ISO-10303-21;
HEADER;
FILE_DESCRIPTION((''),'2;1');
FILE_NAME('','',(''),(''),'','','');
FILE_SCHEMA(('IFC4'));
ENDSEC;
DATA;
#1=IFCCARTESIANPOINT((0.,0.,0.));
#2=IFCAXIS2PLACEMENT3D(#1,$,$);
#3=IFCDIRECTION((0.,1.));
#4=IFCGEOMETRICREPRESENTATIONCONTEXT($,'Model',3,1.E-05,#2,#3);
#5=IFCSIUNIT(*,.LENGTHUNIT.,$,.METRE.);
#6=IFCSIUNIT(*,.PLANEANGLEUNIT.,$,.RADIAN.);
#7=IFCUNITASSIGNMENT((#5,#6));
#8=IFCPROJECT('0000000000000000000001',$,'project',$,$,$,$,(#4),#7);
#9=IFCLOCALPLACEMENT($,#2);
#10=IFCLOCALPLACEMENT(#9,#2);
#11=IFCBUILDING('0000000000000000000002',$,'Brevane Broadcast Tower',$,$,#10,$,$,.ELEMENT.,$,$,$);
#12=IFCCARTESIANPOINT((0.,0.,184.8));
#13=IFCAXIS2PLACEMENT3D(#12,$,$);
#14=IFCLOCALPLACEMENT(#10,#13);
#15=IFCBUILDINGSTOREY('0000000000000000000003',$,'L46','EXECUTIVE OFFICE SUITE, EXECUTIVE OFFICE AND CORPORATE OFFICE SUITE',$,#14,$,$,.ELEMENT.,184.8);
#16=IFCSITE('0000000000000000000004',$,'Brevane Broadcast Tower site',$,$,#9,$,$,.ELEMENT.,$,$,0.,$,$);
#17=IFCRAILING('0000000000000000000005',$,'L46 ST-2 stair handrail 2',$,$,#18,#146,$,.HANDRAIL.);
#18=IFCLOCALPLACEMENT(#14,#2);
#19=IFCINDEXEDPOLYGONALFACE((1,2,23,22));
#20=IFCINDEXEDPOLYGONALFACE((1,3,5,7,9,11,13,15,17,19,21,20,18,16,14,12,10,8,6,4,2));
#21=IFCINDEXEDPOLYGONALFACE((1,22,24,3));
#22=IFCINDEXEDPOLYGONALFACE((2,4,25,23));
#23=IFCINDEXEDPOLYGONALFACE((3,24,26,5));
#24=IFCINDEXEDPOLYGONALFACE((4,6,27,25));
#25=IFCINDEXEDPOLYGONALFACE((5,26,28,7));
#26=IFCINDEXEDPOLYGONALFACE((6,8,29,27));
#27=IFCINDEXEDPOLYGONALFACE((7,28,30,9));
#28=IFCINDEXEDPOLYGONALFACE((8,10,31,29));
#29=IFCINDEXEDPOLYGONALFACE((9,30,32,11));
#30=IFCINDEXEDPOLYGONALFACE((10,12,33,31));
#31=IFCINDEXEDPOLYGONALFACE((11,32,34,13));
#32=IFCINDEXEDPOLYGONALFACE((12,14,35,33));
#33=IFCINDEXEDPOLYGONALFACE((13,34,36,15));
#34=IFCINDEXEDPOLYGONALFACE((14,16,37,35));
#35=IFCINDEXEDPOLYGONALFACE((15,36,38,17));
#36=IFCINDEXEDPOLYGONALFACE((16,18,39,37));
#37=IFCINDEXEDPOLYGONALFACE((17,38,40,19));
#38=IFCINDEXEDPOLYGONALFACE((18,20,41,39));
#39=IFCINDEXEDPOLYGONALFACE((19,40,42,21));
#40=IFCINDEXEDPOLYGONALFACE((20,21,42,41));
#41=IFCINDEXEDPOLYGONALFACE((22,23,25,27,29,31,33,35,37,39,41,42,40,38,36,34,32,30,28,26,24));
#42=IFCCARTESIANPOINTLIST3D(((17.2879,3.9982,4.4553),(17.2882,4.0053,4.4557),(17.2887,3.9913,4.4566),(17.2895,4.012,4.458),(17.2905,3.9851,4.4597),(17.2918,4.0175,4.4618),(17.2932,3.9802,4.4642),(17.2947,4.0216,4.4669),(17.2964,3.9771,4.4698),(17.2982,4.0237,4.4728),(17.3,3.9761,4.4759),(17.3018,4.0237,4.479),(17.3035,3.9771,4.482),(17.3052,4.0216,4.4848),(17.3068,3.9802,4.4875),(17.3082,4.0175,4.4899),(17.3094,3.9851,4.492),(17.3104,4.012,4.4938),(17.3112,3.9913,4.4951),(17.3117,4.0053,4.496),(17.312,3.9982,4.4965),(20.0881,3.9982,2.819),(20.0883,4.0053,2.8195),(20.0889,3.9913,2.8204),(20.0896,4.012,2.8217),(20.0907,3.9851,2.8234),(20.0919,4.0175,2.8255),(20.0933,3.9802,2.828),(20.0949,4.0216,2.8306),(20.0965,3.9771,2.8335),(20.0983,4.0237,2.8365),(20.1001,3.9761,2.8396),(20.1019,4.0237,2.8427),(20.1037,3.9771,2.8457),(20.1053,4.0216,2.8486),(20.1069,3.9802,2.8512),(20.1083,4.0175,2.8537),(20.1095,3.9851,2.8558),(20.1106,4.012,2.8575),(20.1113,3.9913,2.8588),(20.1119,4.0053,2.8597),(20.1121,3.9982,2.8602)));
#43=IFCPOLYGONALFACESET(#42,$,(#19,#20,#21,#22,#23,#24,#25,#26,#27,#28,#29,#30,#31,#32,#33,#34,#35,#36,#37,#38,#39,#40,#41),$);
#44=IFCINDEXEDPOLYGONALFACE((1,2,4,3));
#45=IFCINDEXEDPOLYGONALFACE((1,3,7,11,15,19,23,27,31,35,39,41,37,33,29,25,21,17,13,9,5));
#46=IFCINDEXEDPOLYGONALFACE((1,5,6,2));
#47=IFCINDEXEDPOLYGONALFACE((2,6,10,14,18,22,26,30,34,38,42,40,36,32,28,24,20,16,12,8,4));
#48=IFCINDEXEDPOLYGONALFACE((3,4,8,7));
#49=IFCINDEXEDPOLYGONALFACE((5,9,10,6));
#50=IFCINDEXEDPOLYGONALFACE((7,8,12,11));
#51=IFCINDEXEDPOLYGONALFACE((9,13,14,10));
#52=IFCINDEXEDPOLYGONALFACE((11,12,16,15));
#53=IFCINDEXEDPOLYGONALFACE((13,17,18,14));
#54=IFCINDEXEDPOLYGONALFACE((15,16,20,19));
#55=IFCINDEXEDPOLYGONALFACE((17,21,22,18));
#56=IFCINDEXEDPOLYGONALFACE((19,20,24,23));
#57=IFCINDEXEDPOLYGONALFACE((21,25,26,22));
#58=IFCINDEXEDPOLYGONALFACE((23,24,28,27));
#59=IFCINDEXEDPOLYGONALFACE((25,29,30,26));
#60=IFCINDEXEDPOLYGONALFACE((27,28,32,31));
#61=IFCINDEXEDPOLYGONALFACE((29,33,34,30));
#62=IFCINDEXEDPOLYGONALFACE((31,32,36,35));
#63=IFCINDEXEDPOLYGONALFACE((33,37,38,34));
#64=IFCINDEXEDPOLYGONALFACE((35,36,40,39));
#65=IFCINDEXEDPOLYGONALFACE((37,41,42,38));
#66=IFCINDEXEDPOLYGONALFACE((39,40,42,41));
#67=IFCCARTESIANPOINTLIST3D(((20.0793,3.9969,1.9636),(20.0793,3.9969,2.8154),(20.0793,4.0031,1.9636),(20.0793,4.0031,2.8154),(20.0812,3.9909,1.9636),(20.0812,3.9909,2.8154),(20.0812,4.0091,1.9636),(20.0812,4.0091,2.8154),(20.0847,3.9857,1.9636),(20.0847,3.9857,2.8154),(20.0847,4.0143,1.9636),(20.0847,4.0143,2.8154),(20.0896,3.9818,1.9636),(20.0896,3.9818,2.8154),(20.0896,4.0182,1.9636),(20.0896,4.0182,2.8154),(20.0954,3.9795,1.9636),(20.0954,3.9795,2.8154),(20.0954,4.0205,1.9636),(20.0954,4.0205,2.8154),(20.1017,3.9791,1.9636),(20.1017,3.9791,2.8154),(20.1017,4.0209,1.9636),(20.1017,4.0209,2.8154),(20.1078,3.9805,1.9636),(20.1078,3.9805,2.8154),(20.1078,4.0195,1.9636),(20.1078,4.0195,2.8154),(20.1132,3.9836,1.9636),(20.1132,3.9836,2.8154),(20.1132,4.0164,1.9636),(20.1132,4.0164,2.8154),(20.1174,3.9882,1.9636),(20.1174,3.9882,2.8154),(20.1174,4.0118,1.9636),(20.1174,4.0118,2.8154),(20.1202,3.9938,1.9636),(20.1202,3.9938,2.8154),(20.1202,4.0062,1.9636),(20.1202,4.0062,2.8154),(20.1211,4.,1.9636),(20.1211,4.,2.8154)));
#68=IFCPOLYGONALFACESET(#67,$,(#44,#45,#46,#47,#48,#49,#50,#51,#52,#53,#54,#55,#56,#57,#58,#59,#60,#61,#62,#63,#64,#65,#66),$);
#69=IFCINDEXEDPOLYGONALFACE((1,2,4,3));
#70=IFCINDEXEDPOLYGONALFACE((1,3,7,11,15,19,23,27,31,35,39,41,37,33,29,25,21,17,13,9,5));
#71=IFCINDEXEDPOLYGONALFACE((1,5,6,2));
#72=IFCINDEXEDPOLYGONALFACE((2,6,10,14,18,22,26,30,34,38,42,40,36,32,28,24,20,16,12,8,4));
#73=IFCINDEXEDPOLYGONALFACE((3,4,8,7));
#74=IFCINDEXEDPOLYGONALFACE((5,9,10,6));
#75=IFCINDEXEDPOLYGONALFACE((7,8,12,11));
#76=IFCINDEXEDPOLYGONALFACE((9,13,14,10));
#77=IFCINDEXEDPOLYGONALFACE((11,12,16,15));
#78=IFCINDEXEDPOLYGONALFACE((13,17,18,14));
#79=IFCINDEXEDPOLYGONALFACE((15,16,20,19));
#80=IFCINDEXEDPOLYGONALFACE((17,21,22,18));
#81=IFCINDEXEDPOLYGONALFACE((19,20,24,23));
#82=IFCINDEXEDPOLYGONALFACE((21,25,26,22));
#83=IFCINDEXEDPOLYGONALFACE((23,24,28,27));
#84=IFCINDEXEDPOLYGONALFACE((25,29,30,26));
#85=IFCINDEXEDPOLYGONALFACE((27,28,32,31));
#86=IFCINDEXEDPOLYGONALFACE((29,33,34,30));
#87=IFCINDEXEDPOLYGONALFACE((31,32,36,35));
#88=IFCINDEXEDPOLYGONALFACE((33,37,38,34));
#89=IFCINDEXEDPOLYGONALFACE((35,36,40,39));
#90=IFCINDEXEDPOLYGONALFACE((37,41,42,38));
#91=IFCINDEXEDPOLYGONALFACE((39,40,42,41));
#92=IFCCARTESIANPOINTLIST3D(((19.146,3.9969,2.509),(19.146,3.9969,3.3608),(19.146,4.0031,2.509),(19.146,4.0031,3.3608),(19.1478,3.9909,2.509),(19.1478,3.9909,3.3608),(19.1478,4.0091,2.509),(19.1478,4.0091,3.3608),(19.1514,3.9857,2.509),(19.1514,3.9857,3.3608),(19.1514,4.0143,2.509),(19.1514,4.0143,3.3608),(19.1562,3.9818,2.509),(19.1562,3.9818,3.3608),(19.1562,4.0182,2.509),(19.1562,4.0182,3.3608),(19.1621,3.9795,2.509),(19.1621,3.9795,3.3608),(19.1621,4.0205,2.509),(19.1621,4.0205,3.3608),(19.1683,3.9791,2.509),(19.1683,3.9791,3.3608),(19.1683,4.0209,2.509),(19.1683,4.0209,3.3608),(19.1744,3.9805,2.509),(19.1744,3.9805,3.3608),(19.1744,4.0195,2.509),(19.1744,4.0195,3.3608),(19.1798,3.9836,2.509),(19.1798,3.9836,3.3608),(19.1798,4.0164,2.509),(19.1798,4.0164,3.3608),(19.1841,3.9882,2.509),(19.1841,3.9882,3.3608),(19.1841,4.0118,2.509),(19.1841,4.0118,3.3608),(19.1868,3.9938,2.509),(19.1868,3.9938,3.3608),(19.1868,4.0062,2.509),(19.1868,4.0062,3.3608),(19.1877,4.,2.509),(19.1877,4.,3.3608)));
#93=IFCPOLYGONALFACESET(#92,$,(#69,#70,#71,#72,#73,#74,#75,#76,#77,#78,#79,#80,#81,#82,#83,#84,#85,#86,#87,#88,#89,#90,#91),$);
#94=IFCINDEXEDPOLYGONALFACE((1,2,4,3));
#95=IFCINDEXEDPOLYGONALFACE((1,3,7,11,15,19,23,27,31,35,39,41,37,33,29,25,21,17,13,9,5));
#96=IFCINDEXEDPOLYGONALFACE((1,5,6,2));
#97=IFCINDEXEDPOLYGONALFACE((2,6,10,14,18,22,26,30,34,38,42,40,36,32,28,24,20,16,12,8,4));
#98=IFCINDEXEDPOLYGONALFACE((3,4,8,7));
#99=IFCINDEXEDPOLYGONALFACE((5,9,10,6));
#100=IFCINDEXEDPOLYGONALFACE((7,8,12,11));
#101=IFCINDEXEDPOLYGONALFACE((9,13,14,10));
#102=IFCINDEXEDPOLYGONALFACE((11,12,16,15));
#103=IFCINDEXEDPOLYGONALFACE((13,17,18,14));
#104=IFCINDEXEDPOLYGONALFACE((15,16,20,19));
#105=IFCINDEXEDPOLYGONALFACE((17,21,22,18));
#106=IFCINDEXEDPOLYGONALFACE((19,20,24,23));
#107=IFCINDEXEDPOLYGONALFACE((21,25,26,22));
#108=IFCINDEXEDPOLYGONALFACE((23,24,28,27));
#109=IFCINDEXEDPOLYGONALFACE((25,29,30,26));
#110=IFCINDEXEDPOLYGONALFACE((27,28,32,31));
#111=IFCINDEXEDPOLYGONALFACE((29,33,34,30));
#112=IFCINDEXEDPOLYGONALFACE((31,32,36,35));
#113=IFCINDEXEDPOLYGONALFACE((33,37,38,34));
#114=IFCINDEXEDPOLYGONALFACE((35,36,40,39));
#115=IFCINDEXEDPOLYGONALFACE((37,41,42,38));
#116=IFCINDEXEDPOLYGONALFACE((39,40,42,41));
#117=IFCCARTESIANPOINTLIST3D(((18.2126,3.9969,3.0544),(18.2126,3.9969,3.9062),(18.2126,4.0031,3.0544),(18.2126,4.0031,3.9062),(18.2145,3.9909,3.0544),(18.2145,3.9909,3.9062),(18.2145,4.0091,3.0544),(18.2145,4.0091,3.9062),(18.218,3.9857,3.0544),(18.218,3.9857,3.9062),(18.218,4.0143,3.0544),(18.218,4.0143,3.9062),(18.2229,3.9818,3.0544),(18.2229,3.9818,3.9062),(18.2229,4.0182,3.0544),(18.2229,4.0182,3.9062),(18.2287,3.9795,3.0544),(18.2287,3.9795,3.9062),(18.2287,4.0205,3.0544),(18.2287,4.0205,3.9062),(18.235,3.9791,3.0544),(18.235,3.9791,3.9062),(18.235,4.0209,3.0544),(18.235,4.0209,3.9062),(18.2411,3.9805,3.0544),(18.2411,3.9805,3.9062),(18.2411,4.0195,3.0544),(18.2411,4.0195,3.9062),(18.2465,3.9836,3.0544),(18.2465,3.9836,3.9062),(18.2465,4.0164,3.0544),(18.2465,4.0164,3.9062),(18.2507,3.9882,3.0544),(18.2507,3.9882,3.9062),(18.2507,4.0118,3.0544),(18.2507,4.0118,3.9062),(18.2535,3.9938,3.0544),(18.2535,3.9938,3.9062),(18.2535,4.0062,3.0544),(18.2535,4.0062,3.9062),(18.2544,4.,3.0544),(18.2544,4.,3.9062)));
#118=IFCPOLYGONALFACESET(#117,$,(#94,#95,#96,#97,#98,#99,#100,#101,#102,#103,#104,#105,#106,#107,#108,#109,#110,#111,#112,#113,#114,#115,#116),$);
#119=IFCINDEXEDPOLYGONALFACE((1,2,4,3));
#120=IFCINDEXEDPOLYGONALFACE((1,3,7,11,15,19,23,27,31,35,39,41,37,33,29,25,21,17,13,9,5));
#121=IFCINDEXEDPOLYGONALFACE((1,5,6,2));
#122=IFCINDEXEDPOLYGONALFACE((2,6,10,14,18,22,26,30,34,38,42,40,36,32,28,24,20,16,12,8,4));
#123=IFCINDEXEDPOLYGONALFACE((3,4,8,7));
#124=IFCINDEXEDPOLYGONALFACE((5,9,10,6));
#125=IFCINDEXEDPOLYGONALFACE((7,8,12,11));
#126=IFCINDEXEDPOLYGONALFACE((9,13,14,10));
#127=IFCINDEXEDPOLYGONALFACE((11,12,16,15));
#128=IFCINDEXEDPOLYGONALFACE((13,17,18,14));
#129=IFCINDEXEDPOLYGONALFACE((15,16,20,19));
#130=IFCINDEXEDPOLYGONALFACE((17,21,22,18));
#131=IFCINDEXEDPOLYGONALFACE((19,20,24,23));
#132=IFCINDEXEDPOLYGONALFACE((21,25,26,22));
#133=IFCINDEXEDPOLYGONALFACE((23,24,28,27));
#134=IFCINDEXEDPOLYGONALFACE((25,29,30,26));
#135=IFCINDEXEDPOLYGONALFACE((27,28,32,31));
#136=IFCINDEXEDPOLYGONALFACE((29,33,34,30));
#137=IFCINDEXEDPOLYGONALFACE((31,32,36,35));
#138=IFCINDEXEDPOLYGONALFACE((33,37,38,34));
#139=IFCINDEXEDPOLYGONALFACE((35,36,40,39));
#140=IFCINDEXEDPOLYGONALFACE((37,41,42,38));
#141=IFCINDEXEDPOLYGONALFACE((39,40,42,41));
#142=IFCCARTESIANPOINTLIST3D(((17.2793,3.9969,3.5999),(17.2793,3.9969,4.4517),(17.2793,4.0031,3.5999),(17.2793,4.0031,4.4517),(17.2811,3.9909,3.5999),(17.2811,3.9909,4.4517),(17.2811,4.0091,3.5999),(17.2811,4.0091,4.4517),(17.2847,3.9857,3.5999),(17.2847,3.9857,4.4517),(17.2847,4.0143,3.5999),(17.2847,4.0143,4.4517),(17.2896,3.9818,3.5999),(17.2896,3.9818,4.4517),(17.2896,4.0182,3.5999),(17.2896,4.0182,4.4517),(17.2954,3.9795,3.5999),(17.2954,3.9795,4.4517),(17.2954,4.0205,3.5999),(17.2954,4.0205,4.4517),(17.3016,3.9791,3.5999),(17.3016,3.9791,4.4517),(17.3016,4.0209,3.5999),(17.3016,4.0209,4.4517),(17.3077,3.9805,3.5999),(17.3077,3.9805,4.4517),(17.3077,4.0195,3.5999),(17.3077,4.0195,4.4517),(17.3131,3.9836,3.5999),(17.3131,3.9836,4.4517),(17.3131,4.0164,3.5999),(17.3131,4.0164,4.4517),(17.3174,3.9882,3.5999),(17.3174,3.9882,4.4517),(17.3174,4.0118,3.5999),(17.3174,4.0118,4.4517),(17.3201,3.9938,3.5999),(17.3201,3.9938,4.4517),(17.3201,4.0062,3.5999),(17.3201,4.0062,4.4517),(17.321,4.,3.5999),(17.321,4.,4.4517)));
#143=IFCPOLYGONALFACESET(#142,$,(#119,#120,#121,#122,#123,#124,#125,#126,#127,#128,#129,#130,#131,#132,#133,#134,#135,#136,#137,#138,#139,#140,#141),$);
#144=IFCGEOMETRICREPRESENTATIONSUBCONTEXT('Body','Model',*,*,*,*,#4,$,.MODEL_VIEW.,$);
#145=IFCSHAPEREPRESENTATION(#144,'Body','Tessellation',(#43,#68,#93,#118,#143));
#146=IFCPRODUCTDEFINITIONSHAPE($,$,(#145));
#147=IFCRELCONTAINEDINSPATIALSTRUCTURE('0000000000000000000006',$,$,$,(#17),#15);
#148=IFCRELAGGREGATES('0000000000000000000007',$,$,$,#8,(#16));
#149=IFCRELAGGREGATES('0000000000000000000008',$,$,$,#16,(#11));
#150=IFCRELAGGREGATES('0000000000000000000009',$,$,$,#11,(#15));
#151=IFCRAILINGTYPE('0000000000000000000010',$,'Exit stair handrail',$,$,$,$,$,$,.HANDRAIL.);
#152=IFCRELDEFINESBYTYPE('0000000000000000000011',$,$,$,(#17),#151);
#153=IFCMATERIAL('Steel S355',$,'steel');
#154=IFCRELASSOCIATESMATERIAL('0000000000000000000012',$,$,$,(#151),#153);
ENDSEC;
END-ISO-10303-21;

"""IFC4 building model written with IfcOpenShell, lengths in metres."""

from ifc_helpers import new_model, si_unit, direction, frame, origin, origin_2d, place, context, subcontext, project, spatial, circle, extrude, material, type_object, element, save


model = new_model("IFC4")

# Units and contexts
model_context = context("Model", 3, precision=1e-05, world=origin(), true_north=direction((0.0, 1.0)))
body_context = subcontext(model_context, "Body", "Model", "MODEL_VIEW")
ifc_project = project(units=[si_unit("LENGTHUNIT", "METRE"), si_unit("PLANEANGLEUNIT", "RADIAN")], contexts=[model_context])

# Site, building, storey
site_placement = place(None, origin())
site = spatial("IfcSite", under=ifc_project, at=site_placement, Name="Brevane Broadcast Tower site", CompositionType="ELEMENT", RefElevation=0.0)
building_placement = place(site_placement, origin())
building = spatial("IfcBuilding", under=site, at=building_placement, Name="Brevane Broadcast Tower", CompositionType="ELEMENT")
storey_placement = place(building_placement, frame((0.0, 0.0, 184.8)))
storey = spatial("IfcBuildingStorey", under=building, at=storey_placement, Name="L46", Description="EXECUTIVE OFFICE SUITE, EXECUTIVE OFFICE AND CORPORATE OFFICE SUITE", CompositionType="ELEMENT", Elevation=184.8)

# Railing
ifc_material_1 = material(Name="Steel S355", Category="steel")
railing_type_1 = type_object("IfcRailingType", Name="Exit stair handrail", PredefinedType="HANDRAIL", material=ifc_material_1)
railing_1_placement = place(storey_placement, frame((20.1001, 4.0, 1.9636)))
element("IfcRailing", 1, at=railing_1_placement, inside=storey, type_object=railing_type_1, Name="L46 ST-2 stair handrail 2", PredefinedType="HANDRAIL", context=body_context, shape_type="SweptSolid", body=[
    extrude(circle(Radius=0.0239, at=origin_2d()), frame((0.0, 0.0, 0.876), z_axis=(-0.863394, 0.0, 0.504531), x_axis=(0.0, -1.0, 0.0)), (0.0, 0.0, 1.0), 3.2432),
    extrude(circle(Radius=0.021, at=origin_2d()), origin(), (0.0, 0.0, 1.0), 0.8518),
    extrude(circle(Radius=0.021, at=origin_2d()), frame((-0.9333, 0.0, 0.5454)), (0.0, 0.0, 1.0), 0.8518),
    extrude(circle(Radius=0.021, at=origin_2d()), frame((-1.8667, 0.0, 1.0908)), (0.0, 0.0, 1.0), 0.8518),
    extrude(circle(Radius=0.021, at=origin_2d()), frame((-2.8, 0.0, 1.6362)), (0.0, 0.0, 1.0), 0.8518),
])

save(model, "model.ifc")
